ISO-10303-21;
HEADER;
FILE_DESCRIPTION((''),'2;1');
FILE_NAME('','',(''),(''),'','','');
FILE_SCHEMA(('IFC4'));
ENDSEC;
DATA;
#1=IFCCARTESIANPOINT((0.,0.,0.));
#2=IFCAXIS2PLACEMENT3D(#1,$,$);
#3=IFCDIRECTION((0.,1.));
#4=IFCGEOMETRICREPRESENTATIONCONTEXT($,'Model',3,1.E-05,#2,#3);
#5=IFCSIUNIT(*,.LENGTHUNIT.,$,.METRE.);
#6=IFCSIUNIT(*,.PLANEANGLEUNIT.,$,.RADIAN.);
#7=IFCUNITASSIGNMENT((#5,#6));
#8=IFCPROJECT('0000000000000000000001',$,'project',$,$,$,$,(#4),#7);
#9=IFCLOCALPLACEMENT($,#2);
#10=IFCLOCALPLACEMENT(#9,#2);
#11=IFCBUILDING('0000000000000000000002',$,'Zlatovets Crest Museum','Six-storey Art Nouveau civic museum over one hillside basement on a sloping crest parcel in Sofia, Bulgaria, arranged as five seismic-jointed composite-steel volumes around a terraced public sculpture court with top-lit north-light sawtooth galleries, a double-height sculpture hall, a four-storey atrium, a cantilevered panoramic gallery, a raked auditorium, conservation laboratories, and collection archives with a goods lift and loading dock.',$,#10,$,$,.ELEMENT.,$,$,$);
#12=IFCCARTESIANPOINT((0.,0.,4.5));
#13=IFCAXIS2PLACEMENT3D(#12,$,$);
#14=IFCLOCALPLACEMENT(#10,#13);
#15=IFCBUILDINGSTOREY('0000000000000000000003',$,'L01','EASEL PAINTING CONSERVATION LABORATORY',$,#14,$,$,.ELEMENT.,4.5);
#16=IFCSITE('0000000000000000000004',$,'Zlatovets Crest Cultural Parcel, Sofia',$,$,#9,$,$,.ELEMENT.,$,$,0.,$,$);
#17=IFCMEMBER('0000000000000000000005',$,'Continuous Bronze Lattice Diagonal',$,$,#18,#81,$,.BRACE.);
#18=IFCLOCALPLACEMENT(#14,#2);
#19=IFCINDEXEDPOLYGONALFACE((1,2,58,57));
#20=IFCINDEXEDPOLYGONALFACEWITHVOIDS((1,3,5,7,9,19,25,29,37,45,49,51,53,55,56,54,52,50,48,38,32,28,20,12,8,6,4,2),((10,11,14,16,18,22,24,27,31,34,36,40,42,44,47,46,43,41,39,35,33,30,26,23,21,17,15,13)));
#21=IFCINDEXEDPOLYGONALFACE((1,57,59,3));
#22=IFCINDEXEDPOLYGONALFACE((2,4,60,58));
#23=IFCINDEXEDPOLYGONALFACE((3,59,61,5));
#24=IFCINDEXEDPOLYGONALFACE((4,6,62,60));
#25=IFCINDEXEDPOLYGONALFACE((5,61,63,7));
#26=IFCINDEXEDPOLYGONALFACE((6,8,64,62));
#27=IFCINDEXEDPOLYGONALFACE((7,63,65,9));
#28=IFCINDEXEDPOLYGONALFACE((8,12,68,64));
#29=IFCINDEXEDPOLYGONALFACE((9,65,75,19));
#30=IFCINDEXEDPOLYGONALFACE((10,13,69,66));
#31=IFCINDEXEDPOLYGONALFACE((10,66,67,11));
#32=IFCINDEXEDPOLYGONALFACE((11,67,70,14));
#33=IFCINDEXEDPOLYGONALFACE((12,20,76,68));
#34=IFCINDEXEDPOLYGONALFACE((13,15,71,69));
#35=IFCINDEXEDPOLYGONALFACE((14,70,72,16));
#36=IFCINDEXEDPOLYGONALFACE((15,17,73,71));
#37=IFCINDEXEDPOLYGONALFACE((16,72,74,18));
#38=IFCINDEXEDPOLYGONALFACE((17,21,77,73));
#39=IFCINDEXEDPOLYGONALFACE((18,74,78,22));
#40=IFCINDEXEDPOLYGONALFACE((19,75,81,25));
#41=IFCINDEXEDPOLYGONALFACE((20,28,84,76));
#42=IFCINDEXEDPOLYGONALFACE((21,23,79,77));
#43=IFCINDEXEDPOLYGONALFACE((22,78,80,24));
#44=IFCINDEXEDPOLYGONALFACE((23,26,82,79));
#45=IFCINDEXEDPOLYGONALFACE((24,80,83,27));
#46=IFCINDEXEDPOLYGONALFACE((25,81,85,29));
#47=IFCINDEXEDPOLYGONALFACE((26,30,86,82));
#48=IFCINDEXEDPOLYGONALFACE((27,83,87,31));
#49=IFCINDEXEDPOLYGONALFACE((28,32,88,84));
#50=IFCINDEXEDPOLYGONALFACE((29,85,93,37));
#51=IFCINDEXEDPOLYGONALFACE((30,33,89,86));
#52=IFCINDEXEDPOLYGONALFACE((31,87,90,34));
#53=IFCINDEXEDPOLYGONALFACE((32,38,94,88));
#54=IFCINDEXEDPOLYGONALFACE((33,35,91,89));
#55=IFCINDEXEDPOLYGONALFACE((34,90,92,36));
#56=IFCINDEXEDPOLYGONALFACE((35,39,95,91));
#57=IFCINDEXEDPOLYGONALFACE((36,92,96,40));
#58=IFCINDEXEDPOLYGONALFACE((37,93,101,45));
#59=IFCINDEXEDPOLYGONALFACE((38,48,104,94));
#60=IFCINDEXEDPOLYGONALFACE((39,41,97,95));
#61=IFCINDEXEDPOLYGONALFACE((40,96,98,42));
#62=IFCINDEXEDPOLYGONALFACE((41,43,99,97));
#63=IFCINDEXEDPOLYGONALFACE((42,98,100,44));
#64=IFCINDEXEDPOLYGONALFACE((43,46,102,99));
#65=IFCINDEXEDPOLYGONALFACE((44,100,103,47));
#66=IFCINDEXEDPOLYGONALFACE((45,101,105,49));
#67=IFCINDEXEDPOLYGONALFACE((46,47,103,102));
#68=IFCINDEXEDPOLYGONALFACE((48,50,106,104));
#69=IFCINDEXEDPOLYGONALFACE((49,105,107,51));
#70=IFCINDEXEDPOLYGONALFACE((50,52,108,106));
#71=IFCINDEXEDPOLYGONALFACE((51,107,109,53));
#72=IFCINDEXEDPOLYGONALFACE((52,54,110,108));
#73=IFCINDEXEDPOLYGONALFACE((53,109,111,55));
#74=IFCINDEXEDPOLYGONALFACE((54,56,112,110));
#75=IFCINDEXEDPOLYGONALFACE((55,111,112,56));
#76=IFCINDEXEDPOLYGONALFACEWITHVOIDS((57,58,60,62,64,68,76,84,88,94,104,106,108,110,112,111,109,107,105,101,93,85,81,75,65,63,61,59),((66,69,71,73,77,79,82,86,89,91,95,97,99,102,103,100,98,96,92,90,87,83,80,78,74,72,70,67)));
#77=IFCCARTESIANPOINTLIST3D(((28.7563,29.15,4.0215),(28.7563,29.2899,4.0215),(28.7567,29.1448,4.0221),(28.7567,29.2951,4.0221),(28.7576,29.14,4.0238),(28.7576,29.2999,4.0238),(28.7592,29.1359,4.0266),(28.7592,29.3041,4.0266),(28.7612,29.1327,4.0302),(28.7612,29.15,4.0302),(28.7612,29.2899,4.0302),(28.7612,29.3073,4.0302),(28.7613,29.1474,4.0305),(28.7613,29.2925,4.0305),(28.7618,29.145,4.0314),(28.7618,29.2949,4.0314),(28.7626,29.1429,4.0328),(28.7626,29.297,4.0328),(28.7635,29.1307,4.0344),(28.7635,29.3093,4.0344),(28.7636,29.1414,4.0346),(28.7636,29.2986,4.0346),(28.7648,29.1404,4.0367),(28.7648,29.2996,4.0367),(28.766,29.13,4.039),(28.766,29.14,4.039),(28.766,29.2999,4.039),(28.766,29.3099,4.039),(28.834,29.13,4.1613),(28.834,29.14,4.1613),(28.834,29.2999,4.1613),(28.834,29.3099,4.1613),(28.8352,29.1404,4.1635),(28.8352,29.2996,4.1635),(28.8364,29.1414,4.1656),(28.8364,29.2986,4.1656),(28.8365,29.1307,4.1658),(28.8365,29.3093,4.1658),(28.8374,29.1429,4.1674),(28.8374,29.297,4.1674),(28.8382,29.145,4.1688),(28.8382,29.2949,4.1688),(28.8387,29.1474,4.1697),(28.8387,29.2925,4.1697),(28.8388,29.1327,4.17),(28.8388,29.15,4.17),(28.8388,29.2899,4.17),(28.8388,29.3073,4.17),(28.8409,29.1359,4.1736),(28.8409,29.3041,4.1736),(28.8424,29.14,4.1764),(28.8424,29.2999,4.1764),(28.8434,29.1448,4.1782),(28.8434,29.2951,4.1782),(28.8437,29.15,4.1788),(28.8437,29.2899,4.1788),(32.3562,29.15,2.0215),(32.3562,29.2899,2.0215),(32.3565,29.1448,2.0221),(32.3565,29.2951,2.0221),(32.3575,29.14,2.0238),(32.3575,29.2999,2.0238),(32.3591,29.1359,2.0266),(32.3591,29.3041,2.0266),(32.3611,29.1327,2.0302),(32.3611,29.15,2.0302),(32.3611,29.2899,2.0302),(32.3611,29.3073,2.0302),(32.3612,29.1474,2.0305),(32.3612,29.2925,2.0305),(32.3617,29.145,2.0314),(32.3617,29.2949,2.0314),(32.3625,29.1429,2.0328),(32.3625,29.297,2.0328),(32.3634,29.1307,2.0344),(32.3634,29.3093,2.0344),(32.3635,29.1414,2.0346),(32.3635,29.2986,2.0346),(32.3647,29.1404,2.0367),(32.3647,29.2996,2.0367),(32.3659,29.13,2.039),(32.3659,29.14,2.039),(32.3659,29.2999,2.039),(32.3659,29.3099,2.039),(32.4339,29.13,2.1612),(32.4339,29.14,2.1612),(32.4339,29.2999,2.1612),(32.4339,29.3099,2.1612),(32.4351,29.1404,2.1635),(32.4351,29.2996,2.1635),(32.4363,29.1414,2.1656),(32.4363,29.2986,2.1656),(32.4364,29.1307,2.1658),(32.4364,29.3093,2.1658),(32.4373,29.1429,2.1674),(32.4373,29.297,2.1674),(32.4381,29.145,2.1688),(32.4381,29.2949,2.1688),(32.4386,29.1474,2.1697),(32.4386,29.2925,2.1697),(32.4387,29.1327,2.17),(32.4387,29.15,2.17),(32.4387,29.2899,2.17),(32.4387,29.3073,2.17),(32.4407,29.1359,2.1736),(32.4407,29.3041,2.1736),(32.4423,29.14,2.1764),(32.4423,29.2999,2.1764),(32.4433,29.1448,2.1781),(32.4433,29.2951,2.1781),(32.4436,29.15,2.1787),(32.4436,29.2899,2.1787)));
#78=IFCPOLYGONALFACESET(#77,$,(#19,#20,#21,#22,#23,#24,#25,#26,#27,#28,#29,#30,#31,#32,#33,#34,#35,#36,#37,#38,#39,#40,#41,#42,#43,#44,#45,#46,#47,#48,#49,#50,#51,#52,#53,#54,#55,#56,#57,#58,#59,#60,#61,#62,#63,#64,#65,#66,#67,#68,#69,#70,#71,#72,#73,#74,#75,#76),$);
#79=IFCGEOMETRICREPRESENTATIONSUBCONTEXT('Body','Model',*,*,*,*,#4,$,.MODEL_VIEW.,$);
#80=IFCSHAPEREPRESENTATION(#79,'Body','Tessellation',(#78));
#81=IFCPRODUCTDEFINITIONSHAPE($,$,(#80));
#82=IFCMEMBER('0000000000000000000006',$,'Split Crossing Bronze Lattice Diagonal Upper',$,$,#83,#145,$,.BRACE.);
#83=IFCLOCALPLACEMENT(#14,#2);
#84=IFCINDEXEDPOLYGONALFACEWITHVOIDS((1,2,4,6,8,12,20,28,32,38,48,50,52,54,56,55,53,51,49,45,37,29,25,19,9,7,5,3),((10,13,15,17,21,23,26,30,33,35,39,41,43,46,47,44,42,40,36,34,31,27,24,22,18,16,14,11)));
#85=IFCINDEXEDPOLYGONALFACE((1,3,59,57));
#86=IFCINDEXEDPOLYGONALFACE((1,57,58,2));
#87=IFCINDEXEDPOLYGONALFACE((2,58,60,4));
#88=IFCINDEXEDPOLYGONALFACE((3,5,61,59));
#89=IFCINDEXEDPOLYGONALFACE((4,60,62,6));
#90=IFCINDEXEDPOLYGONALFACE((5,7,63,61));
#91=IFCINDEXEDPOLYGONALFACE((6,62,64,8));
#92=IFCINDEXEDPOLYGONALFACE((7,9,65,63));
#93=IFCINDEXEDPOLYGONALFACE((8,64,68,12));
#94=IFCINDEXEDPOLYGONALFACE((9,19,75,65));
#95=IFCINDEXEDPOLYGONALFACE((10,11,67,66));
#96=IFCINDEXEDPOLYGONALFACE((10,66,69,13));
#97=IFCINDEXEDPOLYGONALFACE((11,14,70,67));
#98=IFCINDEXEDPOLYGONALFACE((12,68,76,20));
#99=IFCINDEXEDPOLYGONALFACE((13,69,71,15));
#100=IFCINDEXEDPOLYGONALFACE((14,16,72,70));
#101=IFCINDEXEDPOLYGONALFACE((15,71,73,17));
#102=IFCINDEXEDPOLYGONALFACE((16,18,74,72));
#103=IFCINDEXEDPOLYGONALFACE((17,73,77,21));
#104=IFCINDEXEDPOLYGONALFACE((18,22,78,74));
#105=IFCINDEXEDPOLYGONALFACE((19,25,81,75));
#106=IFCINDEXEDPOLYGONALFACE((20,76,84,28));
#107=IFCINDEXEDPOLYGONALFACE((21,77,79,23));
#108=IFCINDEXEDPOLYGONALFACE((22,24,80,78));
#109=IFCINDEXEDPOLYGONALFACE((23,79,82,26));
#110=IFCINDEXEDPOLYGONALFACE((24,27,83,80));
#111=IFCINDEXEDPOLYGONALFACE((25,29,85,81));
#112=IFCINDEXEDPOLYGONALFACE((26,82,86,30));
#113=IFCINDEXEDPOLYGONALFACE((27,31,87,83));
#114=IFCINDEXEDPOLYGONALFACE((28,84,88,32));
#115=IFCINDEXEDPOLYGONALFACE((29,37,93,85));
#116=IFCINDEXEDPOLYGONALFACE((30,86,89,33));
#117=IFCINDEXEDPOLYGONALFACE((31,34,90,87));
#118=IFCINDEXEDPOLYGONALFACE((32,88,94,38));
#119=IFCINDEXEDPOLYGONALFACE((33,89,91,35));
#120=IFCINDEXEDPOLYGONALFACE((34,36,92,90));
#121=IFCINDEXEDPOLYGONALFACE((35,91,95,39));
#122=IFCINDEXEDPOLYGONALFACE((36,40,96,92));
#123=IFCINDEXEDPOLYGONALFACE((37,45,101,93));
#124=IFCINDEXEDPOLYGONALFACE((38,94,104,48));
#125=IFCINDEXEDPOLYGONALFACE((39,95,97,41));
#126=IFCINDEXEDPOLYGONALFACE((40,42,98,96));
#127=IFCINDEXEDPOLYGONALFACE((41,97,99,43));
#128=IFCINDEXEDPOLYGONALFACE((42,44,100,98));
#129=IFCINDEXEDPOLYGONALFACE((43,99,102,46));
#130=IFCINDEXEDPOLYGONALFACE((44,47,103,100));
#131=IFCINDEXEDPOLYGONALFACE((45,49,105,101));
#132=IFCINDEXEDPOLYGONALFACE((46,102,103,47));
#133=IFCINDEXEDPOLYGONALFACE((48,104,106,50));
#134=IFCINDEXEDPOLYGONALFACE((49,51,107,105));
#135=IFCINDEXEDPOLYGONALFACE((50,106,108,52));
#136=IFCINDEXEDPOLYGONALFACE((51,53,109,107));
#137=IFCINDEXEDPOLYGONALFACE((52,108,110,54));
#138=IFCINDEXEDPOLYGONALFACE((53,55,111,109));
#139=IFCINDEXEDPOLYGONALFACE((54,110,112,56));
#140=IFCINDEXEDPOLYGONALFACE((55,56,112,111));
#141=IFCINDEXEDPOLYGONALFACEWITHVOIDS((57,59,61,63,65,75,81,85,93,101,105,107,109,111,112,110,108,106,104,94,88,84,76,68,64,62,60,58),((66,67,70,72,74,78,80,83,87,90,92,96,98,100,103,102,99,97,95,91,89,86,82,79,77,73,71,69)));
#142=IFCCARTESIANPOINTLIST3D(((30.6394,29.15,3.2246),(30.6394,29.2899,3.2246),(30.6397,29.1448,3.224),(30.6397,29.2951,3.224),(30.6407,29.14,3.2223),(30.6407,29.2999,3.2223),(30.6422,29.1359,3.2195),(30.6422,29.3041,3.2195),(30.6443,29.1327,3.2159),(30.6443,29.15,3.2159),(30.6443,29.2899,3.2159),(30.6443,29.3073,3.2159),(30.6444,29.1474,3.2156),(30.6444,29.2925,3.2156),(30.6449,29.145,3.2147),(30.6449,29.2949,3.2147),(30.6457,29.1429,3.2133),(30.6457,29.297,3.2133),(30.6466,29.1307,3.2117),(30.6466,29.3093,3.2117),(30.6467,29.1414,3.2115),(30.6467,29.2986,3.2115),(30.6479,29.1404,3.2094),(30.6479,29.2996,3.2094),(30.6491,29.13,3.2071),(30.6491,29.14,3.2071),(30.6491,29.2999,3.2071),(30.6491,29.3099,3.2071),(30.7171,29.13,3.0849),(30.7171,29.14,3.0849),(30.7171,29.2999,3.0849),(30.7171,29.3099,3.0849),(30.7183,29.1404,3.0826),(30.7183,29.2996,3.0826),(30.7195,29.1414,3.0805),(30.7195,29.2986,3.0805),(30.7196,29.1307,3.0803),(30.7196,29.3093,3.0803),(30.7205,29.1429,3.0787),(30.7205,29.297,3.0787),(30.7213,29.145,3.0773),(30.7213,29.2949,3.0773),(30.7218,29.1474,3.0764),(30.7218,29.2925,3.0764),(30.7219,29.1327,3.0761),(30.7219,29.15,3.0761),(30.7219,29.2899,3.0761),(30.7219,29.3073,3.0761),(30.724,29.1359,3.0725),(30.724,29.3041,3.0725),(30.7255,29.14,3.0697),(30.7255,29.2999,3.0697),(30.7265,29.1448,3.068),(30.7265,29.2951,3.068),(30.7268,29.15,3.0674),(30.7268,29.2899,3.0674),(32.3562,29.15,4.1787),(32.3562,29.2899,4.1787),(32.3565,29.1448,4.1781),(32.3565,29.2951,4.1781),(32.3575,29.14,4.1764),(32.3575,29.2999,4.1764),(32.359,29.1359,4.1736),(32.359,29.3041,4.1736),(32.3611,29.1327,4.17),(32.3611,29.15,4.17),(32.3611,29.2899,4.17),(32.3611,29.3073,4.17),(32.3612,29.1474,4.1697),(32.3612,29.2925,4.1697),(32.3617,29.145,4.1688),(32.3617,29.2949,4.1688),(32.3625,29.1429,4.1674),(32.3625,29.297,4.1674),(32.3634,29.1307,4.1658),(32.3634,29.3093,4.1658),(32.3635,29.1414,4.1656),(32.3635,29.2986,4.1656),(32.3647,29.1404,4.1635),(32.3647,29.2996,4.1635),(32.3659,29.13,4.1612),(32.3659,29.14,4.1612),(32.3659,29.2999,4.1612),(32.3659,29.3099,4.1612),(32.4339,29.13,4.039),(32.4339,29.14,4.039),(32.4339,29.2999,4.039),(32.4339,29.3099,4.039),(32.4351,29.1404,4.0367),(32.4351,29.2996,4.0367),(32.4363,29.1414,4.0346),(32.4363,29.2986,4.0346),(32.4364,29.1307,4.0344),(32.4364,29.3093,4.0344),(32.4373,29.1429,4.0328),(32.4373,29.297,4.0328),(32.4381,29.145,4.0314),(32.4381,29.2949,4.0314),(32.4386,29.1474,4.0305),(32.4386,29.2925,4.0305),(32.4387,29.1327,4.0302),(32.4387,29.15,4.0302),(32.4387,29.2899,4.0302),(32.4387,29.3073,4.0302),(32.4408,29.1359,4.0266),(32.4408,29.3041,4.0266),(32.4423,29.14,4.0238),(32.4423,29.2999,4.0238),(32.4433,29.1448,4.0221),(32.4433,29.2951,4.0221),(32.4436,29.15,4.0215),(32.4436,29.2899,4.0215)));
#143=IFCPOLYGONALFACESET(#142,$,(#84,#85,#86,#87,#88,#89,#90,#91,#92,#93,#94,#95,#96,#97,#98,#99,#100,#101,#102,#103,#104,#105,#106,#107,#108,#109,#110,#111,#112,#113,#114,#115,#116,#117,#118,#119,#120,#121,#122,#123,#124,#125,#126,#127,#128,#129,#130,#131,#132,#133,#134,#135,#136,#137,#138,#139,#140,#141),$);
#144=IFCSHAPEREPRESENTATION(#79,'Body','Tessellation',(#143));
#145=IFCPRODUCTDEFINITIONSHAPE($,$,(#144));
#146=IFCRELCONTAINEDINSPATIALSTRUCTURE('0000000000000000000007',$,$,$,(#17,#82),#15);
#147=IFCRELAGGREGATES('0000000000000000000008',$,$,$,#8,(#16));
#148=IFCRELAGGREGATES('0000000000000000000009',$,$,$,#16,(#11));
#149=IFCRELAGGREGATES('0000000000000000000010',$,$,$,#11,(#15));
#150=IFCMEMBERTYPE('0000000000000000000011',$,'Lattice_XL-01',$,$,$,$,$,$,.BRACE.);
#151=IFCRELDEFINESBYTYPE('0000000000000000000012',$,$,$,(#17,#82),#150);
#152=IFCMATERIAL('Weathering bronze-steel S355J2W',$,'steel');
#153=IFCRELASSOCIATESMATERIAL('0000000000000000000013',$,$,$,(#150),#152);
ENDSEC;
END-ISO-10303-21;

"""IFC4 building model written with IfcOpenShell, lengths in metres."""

from ifc_helpers import new_model, si_unit, direction, frame, origin, origin_2d, place, context, subcontext, project, spatial, hollow_rectangle, extrude, material, material_profile, profile_set, type_object, element, save


model = new_model("IFC4")

# Units and contexts
model_context = context("Model", 3, precision=1e-05, world=origin(), true_north=direction((0.0, 1.0)))
body_context = subcontext(model_context, "Body", "Model", "MODEL_VIEW")
ifc_project = project(units=[si_unit("LENGTHUNIT", "METRE"), si_unit("PLANEANGLEUNIT", "RADIAN")], contexts=[model_context])

# Site, building, storey
site_placement = place(None, origin())
site = spatial("IfcSite", under=ifc_project, at=site_placement, Name="Zlatovets Crest Cultural Parcel, Sofia", CompositionType="ELEMENT", RefElevation=0.0)
building_placement = place(site_placement, origin())
building = spatial("IfcBuilding", under=site, at=building_placement, Name="Zlatovets Crest Museum", Description="Six-storey Art Nouveau civic museum over one hillside basement on a sloping crest parcel in Sofia, Bulgaria, arranged as five seismic-jointed composite-steel volumes around a terraced public sculpture court with top-lit north-light sawtooth galleries, a double-height sculpture hall, a four-storey atrium, a cantilevered panoramic gallery, a raked auditorium, conservation laboratories, and collection archives with a goods lift and loading dock.", CompositionType="ELEMENT")
storey_placement = place(building_placement, frame((0.0, 0.0, 4.5)))
storey = spatial("IfcBuildingStorey", under=building, at=storey_placement, Name="L01", Description="EASEL PAINTING CONSERVATION LABORATORY", CompositionType="ELEMENT", Elevation=4.5)

# Members
ifc_material_1 = material(Name="Weathering bronze-steel S355J2W", Category="steel")
ifc_material_profile_1 = material_profile(ifc_material_1, hollow_rectangle(XDim=0.1799, YDim=0.1799, WallThickness=0.01, InnerFilletRadius=0.01, OuterFilletRadius=0.02, at=origin_2d()), Name="SHS 180x180x10.0")
ifc_profile_set_1 = profile_set([ifc_material_profile_1], Name="Weathering bronze-steel S355J2W")
member_type_1 = type_object("IfcMemberType", Name="Lattice_XL-01", PredefinedType="BRACE", material=ifc_profile_set_1)
member_1_placement = place(storey_placement, frame((32.3999, 29.22, 2.1001), z_axis=(-0.874149, 0.0, 0.485658), x_axis=(0.0, -1.0, 0.0)))
element("IfcMember", 1, at=member_1_placement, inside=storey, type_object=member_type_1, Name="Continuous Bronze Lattice Diagonal", PredefinedType="BRACE", context=body_context, shape_type="SweptSolid", body=[
    extrude(hollow_rectangle(XDim=0.1799, YDim=0.1799, WallThickness=0.01, InnerFilletRadius=0.01, OuterFilletRadius=0.02, at=origin_2d()), origin(), (0.0, 0.0, 1.0), 4.1182),
])
for number, where, z_axis, x_axis, name in (
    (2, (32.3999, 29.22, 4.1001), (-0.874087, 0.0, -0.48577), (0.0, -1.0, 0.0), "Split Crossing Bronze Lattice Diagonal Upper"),
):
    element("IfcMember", number, at=place(storey_placement, frame(where, z_axis=z_axis, x_axis=x_axis)), inside=storey, type_object=member_type_1, Name=name, PredefinedType="BRACE", context=body_context, shape_type="SweptSolid", body=[
        extrude(hollow_rectangle(XDim=0.1799, YDim=0.1799, WallThickness=0.01, InnerFilletRadius=0.01, OuterFilletRadius=0.02, at=origin_2d()), origin(), (0.0, 0.0, 1.0), 1.9641),
    ])

save(model, "model.ifc")
